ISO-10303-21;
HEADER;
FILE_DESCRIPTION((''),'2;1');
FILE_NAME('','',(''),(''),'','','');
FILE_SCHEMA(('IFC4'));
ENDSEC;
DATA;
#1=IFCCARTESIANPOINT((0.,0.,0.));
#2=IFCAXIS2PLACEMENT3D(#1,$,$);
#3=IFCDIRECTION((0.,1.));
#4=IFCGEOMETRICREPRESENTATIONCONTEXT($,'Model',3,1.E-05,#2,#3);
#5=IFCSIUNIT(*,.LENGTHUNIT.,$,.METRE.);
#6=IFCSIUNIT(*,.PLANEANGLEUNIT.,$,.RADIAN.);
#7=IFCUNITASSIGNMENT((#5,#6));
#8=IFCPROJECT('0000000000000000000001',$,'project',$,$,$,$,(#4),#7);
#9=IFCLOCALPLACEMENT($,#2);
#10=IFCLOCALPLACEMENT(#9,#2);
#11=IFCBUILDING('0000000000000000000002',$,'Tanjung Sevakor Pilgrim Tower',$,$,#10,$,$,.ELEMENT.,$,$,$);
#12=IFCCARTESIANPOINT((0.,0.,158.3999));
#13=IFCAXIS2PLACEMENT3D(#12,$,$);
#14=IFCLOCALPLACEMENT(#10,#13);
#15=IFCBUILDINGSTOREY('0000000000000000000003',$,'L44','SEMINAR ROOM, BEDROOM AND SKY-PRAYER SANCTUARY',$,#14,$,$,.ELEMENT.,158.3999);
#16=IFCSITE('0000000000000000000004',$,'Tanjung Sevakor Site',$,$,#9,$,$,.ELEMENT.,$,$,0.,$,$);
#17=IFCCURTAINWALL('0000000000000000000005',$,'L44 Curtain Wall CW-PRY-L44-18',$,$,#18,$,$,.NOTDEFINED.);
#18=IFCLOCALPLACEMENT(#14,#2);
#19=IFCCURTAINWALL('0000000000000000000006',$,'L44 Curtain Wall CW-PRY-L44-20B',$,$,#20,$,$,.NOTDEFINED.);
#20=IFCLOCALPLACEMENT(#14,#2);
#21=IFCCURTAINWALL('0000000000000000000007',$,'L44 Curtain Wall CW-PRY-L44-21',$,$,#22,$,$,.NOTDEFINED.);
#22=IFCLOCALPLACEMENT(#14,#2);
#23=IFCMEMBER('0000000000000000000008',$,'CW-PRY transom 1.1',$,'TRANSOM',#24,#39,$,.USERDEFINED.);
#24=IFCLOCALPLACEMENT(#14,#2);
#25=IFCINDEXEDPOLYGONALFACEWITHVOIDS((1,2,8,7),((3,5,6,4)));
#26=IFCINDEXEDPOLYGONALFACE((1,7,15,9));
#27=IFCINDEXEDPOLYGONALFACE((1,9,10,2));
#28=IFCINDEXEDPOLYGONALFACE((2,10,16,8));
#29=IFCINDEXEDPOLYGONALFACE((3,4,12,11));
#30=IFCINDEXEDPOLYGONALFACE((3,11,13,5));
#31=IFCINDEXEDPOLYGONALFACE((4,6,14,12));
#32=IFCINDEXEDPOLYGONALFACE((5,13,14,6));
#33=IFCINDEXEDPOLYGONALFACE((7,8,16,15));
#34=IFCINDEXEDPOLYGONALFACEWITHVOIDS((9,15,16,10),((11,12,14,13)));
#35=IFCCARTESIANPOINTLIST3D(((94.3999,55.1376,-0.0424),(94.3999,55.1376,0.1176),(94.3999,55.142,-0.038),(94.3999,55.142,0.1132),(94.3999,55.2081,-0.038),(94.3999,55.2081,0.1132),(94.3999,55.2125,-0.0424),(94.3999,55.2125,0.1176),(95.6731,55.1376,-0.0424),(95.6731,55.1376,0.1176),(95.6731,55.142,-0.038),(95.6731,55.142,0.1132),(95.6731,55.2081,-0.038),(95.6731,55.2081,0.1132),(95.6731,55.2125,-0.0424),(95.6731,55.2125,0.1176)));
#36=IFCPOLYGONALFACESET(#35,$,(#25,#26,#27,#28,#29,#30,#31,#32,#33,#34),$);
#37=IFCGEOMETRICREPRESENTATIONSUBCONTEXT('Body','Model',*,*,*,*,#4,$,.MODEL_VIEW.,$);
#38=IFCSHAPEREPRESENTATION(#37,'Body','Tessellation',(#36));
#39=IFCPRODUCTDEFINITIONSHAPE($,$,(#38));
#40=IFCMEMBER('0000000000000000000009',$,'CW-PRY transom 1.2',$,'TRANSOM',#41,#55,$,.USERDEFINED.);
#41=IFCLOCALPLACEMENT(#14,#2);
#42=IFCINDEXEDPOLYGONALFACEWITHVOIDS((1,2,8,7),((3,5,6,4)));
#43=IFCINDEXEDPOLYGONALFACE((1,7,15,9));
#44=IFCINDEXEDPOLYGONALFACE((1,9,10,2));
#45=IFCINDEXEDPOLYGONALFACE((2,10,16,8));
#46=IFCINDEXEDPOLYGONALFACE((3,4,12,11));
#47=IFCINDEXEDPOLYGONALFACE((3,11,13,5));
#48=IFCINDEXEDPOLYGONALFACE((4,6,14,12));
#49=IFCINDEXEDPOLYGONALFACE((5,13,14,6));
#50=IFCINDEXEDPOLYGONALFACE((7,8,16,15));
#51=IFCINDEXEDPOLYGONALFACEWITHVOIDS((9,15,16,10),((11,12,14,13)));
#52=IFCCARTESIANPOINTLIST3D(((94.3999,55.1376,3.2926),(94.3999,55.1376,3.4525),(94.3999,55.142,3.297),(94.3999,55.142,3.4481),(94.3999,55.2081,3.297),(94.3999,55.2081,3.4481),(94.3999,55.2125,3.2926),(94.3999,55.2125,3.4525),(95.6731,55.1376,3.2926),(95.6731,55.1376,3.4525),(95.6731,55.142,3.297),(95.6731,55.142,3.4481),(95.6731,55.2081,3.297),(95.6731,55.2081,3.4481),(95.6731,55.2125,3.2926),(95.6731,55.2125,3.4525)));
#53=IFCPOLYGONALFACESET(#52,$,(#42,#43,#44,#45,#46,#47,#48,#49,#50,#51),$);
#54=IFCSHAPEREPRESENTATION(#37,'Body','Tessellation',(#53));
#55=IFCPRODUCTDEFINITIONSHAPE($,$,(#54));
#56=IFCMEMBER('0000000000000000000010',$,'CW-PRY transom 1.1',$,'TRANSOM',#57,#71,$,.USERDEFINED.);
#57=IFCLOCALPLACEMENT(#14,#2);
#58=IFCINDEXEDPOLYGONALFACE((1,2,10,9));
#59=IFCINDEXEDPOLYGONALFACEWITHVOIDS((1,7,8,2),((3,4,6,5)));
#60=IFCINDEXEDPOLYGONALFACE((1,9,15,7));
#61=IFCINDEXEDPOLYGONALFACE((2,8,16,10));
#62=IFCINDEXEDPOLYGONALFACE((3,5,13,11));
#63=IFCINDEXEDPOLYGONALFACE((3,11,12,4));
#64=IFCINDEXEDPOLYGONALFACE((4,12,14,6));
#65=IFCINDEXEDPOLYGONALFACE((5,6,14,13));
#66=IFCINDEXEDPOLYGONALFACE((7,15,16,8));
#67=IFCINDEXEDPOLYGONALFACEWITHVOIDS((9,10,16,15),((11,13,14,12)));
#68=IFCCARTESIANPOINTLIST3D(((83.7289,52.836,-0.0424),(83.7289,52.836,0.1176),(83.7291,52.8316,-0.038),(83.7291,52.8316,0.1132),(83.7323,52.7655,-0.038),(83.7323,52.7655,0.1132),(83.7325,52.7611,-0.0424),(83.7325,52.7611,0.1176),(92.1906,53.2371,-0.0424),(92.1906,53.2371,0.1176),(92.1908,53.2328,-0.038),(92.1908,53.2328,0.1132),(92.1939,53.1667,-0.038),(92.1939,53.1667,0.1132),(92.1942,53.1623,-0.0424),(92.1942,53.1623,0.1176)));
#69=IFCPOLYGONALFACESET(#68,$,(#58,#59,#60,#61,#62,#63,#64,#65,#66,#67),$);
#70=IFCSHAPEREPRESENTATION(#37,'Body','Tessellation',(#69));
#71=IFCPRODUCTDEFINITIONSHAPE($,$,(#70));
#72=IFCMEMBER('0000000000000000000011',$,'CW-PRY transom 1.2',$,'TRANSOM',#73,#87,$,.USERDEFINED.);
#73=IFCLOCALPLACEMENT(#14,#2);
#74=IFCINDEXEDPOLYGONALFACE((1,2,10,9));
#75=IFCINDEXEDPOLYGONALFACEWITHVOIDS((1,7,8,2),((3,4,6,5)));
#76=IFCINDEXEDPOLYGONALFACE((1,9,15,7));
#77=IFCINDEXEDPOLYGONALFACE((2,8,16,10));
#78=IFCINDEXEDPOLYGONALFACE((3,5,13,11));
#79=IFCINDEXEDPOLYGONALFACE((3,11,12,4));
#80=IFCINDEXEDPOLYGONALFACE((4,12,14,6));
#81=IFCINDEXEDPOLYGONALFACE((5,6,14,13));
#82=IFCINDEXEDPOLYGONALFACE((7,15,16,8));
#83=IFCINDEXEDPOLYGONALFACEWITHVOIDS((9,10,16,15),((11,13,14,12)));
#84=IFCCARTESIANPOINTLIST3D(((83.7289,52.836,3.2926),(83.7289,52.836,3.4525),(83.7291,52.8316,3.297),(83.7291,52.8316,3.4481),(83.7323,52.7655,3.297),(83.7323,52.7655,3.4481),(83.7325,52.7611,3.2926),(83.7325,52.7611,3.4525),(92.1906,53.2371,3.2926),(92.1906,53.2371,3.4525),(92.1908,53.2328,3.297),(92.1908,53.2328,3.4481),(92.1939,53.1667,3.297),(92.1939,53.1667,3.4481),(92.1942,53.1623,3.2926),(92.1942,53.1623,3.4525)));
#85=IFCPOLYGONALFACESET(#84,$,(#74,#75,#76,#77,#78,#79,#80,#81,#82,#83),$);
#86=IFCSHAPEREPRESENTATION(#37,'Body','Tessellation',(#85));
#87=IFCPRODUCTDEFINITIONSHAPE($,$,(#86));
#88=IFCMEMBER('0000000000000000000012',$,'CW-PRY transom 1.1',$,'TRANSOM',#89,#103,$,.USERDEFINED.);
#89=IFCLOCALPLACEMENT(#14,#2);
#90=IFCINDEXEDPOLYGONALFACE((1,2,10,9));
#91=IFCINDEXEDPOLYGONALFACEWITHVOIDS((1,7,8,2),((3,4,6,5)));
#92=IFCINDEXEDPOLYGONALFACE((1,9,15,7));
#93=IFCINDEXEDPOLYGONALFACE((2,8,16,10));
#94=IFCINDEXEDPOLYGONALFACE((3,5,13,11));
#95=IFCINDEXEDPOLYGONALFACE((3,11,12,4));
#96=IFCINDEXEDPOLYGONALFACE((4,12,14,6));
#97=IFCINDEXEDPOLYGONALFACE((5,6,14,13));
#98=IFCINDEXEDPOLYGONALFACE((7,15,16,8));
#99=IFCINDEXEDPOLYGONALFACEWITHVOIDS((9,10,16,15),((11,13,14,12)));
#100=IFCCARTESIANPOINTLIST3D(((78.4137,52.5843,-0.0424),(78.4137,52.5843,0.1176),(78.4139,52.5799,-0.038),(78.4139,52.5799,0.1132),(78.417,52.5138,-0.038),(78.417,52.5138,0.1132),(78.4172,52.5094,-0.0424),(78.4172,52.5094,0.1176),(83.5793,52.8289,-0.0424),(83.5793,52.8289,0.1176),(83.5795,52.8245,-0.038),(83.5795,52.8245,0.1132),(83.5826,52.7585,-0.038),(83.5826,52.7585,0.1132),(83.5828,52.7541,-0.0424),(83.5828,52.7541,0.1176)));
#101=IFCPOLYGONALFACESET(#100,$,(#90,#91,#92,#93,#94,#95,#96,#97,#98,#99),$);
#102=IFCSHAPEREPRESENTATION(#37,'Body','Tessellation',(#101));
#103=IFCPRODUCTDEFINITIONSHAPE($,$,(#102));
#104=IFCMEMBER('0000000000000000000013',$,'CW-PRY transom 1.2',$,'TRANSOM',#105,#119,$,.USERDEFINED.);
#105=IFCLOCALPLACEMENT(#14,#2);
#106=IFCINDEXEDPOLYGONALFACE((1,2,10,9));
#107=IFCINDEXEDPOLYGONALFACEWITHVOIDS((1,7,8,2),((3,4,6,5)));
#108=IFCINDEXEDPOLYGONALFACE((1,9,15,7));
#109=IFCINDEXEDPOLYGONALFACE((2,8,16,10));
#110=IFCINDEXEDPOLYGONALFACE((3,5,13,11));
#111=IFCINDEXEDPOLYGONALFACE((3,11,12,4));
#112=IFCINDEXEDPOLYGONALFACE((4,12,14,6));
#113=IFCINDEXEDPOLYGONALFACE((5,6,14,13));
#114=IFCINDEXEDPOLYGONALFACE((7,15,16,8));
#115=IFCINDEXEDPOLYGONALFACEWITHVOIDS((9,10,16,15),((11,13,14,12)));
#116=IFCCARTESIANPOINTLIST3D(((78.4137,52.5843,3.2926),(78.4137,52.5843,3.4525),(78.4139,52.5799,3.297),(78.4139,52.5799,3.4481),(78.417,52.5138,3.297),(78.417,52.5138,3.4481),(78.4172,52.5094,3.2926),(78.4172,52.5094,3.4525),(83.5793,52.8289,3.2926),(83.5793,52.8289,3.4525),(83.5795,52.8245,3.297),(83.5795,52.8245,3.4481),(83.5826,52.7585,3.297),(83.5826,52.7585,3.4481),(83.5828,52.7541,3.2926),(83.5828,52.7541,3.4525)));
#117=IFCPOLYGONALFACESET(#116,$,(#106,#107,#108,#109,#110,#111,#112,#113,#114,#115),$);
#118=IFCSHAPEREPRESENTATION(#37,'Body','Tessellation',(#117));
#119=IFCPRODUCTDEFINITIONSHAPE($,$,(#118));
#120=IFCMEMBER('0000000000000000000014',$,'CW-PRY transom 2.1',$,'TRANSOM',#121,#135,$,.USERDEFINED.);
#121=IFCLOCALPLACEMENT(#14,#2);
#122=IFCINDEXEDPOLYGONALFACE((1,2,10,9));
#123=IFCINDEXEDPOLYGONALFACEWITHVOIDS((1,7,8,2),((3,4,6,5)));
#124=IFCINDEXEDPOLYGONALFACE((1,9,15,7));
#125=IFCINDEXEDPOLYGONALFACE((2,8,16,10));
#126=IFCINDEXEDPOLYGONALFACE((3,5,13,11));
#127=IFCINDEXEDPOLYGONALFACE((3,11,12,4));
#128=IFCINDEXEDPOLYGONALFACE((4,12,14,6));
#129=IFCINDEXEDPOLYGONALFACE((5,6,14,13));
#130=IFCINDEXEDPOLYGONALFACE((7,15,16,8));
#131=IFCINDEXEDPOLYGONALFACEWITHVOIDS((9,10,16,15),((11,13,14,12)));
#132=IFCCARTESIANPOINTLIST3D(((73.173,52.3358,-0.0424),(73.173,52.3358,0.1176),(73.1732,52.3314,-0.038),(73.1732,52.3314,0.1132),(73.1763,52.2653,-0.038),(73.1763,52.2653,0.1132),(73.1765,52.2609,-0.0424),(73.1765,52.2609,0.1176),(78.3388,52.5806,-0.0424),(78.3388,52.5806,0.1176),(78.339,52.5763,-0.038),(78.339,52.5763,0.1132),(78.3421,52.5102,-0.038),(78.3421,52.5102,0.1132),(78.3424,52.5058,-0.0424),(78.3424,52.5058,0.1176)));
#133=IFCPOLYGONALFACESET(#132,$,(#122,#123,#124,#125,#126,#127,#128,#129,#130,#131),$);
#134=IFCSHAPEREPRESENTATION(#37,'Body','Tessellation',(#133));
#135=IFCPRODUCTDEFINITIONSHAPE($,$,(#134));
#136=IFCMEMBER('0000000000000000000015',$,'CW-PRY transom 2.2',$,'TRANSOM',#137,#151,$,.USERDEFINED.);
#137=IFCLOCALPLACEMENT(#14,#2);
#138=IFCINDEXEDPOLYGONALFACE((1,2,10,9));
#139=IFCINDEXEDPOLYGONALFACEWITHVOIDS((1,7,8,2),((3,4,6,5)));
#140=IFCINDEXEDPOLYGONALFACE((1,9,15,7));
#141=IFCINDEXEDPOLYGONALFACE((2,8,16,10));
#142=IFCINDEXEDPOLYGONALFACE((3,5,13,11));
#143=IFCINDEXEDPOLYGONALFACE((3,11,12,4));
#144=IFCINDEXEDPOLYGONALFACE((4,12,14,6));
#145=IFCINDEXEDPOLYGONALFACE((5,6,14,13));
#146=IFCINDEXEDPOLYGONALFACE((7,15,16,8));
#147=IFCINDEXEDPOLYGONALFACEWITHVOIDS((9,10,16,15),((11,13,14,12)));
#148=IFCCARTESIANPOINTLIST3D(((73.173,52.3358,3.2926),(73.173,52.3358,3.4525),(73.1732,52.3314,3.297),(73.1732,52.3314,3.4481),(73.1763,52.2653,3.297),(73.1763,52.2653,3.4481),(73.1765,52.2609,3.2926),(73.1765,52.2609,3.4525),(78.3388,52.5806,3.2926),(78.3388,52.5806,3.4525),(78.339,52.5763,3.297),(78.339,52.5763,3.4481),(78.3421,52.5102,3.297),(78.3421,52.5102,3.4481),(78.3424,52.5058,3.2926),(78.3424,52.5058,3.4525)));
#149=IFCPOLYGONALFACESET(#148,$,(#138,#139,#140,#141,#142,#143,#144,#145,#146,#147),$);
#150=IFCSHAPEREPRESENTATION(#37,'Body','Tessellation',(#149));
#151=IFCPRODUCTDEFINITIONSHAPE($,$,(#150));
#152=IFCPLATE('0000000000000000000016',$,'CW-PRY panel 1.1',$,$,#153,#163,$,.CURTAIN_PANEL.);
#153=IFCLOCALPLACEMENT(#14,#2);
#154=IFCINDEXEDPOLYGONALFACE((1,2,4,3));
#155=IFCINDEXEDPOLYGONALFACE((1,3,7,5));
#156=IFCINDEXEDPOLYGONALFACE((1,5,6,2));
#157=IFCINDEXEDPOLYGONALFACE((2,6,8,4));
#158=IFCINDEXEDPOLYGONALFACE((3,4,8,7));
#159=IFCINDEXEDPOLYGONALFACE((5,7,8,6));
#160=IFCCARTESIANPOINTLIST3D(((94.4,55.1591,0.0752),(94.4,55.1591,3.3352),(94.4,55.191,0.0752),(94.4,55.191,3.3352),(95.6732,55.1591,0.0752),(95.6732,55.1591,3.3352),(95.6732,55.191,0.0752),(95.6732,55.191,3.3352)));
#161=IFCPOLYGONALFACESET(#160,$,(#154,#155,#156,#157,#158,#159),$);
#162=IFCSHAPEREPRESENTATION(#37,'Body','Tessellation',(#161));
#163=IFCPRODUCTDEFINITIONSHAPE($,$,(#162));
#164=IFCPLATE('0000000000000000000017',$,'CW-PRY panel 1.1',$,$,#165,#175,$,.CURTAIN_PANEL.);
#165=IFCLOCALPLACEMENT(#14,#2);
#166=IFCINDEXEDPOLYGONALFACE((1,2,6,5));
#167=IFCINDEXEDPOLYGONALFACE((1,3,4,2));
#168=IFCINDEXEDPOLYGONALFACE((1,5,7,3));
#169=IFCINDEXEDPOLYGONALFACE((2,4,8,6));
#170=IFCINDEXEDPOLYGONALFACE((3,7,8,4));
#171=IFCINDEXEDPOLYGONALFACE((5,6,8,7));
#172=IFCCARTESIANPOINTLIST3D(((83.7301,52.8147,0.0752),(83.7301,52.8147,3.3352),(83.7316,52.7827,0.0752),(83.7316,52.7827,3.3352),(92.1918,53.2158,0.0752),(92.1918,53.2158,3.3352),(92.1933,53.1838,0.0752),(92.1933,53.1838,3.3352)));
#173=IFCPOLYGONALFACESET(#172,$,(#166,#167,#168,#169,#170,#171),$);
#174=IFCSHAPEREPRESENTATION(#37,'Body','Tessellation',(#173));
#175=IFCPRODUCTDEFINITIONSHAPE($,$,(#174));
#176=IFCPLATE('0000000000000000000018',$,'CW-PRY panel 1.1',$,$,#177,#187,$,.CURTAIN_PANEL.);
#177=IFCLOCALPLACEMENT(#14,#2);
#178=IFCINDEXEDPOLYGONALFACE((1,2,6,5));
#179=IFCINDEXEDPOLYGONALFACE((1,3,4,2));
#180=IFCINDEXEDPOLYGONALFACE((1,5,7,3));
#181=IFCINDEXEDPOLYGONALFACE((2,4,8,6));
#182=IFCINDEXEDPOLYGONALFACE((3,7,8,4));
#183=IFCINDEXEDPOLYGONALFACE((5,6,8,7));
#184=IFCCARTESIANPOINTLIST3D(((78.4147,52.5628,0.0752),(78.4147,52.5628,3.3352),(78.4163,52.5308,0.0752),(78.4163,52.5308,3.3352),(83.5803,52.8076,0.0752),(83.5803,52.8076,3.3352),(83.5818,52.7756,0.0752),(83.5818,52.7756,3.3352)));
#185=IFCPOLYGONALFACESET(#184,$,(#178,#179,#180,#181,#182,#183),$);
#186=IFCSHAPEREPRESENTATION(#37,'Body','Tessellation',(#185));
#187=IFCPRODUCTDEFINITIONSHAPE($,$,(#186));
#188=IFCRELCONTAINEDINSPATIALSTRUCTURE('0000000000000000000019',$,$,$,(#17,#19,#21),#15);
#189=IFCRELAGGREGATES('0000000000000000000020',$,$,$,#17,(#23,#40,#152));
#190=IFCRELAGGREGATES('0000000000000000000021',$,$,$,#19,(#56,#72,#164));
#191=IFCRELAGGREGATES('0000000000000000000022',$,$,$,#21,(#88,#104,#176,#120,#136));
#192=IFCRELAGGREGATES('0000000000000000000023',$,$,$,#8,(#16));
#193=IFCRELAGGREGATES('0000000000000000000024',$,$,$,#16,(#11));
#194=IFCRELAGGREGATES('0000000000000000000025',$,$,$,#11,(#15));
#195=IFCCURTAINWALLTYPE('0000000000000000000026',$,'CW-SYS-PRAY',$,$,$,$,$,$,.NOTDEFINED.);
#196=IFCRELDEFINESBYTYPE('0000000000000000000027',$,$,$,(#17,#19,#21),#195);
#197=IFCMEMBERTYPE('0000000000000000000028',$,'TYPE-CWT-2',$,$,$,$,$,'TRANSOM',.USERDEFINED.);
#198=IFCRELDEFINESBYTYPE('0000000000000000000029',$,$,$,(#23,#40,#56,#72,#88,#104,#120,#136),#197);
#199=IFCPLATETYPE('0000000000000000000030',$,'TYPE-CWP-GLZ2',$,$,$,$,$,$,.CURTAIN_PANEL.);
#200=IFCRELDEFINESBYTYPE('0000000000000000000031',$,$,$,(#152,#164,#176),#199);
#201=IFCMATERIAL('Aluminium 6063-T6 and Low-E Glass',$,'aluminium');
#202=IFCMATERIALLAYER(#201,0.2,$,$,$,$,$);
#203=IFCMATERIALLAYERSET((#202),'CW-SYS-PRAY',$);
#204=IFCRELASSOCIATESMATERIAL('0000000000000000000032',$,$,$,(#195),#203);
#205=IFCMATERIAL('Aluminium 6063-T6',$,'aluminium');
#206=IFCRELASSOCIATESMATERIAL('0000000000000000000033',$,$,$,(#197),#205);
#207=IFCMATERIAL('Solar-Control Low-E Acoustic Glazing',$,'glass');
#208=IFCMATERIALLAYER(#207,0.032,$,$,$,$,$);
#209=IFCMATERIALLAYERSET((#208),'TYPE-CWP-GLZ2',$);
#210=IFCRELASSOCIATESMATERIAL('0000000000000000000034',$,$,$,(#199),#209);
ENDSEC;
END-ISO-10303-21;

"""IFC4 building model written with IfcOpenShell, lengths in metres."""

from ifc_helpers import new_model, si_unit, direction, frame, origin, origin_2d, place, context, subcontext, project, spatial, rectangle, hollow_rectangle, extrude, material, layer, layer_set, material_profile, profile_set, type_object, element, aggregate, save


model = new_model("IFC4")

# Units and contexts
model_context = context("Model", 3, precision=1e-05, world=origin(), true_north=direction((0.0, 1.0)))
body_context = subcontext(model_context, "Body", "Model", "MODEL_VIEW")
ifc_project = project(units=[si_unit("LENGTHUNIT", "METRE"), si_unit("PLANEANGLEUNIT", "RADIAN")], contexts=[model_context])

# Site, building, storey
site_placement = place(None, origin())
site = spatial("IfcSite", under=ifc_project, at=site_placement, Name="Tanjung Sevakor Site", CompositionType="ELEMENT", RefElevation=0.0)
building_placement = place(site_placement, origin())
building = spatial("IfcBuilding", under=site, at=building_placement, Name="Tanjung Sevakor Pilgrim Tower", CompositionType="ELEMENT")
storey_placement = place(building_placement, frame((0.0, 0.0, 158.3999)))
storey = spatial("IfcBuildingStorey", under=building, at=storey_placement, Name="L44", Description="SEMINAR ROOM, BEDROOM AND SKY-PRAYER SANCTUARY", CompositionType="ELEMENT", Elevation=158.3999)

# Curtain walls
ifc_material_1 = material(Name="Aluminium 6063-T6 and Low-E Glass", Category="aluminium")
ifc_layer_1 = layer(ifc_material_1, 0.2)
ifc_layer_set_1 = layer_set([ifc_layer_1], Name="CW-SYS-PRAY")
curtain_wall_type = type_object("IfcCurtainWallType", Name="CW-SYS-PRAY", PredefinedType="NOTDEFINED", material=ifc_layer_set_1)
curtain_wall_1_placement = place(storey_placement, origin())
curtain_wall_1 = element("IfcCurtainWall", 1, at=curtain_wall_1_placement, inside=storey, type_object=curtain_wall_type, Name="L44 Curtain Wall CW-PRY-L44-18", PredefinedType="NOTDEFINED")
curtain_wall_2_placement = place(storey_placement, origin())
curtain_wall_2 = element("IfcCurtainWall", 2, at=curtain_wall_2_placement, inside=storey, type_object=curtain_wall_type, Name="L44 Curtain Wall CW-PRY-L44-20B", PredefinedType="NOTDEFINED")
curtain_wall_3_placement = place(storey_placement, origin())
curtain_wall_3 = element("IfcCurtainWall", 3, at=curtain_wall_3_placement, inside=storey, type_object=curtain_wall_type, Name="L44 Curtain Wall CW-PRY-L44-21", PredefinedType="NOTDEFINED")

# Members
ifc_material_2 = material(Name="Aluminium 6063-T6", Category="aluminium")
ifc_material_profile_1 = material_profile(ifc_material_2, hollow_rectangle(XDim=0.075, YDim=0.1599, WallThickness=0.0044, at=origin_2d()))
ifc_profile_set_1 = profile_set([ifc_material_profile_1], Name="Aluminium 6063-T6")
member_type_1 = type_object("IfcMemberType", Name="TYPE-CWT-2", ElementType="TRANSOM", PredefinedType="USERDEFINED", material=ifc_profile_set_1)
member_1_placement = place(storey_placement, frame((95.6731, 55.175, 0.0376), z_axis=(-1.0, 0.0, 0.0), x_axis=(0.0, -1.0, 0.0)))
member_1 = element("IfcMember", 4, at=member_1_placement, type_object=member_type_1, Name="CW-PRY transom 1.1", ObjectType="TRANSOM", PredefinedType="USERDEFINED", context=body_context, shape_type="SweptSolid", body=[
    extrude(hollow_rectangle(XDim=0.075, YDim=0.1599, WallThickness=0.0044, at=origin_2d()), origin(), (0.0, 0.0, 1.0), 1.2732),
])
member_2_placement = place(storey_placement, frame((95.6731, 55.175, 3.3726), z_axis=(-1.0, 0.0, 0.0), x_axis=(0.0, -1.0, 0.0)))
member_2 = element("IfcMember", 5, at=member_2_placement, type_object=member_type_1, Name="CW-PRY transom 1.2", ObjectType="TRANSOM", PredefinedType="USERDEFINED", context=body_context, shape_type="SweptSolid", body=[
    extrude(hollow_rectangle(XDim=0.075, YDim=0.1599, WallThickness=0.0044, at=origin_2d()), origin(), (0.0, 0.0, 1.0), 1.2732),
])
member_3_placement = place(storey_placement, frame((92.1924, 53.1997, 0.0376), z_axis=(-0.998878, -0.047352, 0.0), x_axis=(0.047352, -0.998878, 0.0)))
member_3 = element("IfcMember", 6, at=member_3_placement, type_object=member_type_1, Name="CW-PRY transom 1.1", ObjectType="TRANSOM", PredefinedType="USERDEFINED", context=body_context, shape_type="SweptSolid", body=[
    extrude(hollow_rectangle(XDim=0.075, YDim=0.1599, WallThickness=0.0044, at=origin_2d()), origin(), (0.0, 0.0, 1.0), 8.4712),
])
member_4_placement = place(storey_placement, frame((92.1924, 53.1997, 3.3726), z_axis=(-0.998878, -0.047352, 0.0), x_axis=(0.047352, -0.998878, 0.0)))
member_4 = element("IfcMember", 7, at=member_4_placement, type_object=member_type_1, Name="CW-PRY transom 1.2", ObjectType="TRANSOM", PredefinedType="USERDEFINED", context=body_context, shape_type="SweptSolid", body=[
    extrude(hollow_rectangle(XDim=0.075, YDim=0.1599, WallThickness=0.0044, at=origin_2d()), origin(), (0.0, 0.0, 1.0), 8.4712),
])
member_5_placement = place(storey_placement, frame((83.5811, 52.7915, 0.0376), z_axis=(-0.99888, -0.047305, 0.0), x_axis=(0.047305, -0.99888, 0.0)))
member_5 = element("IfcMember", 8, at=member_5_placement, type_object=member_type_1, Name="CW-PRY transom 1.1", ObjectType="TRANSOM", PredefinedType="USERDEFINED", context=body_context, shape_type="SweptSolid", body=[
    extrude(hollow_rectangle(XDim=0.075, YDim=0.1599, WallThickness=0.0044, at=origin_2d()), origin(), (0.0, 0.0, 1.0), 5.1714),
])
member_6_placement = place(storey_placement, frame((83.5811, 52.7915, 3.3726), z_axis=(-0.99888, -0.047305, 0.0), x_axis=(0.047305, -0.99888, 0.0)))
member_6 = element("IfcMember", 9, at=member_6_placement, type_object=member_type_1, Name="CW-PRY transom 1.2", ObjectType="TRANSOM", PredefinedType="USERDEFINED", context=body_context, shape_type="SweptSolid", body=[
    extrude(hollow_rectangle(XDim=0.075, YDim=0.1599, WallThickness=0.0044, at=origin_2d()), origin(), (0.0, 0.0, 1.0), 5.1714),
])
member_7_placement = place(storey_placement, frame((78.3406, 52.5432, 0.0376), z_axis=(-0.998878, -0.04735, 0.0), x_axis=(0.04735, -0.998878, 0.0)))
member_7 = element("IfcMember", 10, at=member_7_placement, type_object=member_type_1, Name="CW-PRY transom 2.1", ObjectType="TRANSOM", PredefinedType="USERDEFINED", context=body_context, shape_type="SweptSolid", body=[
    extrude(hollow_rectangle(XDim=0.075, YDim=0.1599, WallThickness=0.0044, at=origin_2d()), origin(), (0.0, 0.0, 1.0), 5.1716),
])
member_8_placement = place(storey_placement, frame((78.3406, 52.5432, 3.3726), z_axis=(-0.998878, -0.04735, 0.0), x_axis=(0.04735, -0.998878, 0.0)))
member_8 = element("IfcMember", 11, at=member_8_placement, type_object=member_type_1, Name="CW-PRY transom 2.2", ObjectType="TRANSOM", PredefinedType="USERDEFINED", context=body_context, shape_type="SweptSolid", body=[
    extrude(hollow_rectangle(XDim=0.075, YDim=0.1599, WallThickness=0.0044, at=origin_2d()), origin(), (0.0, 0.0, 1.0), 5.1716),
])

# Plates
ifc_material_3 = material(Name="Solar-Control Low-E Acoustic Glazing", Category="glass")
ifc_layer_2 = layer(ifc_material_3, 0.032)
ifc_layer_set_2 = layer_set([ifc_layer_2], Name="TYPE-CWP-GLZ2")
plate_type = type_object("IfcPlateType", Name="TYPE-CWP-GLZ2", PredefinedType="CURTAIN_PANEL", material=ifc_layer_set_2)
plate_1_placement = place(storey_placement, frame((95.0366, 55.175, 0.0752), z_axis=(0.0, 0.0, 1.0), x_axis=(-1.0, 0.0, 0.0)))
plate_1 = element("IfcPlate", 12, at=plate_1_placement, type_object=plate_type, Name="CW-PRY panel 1.1", PredefinedType="CURTAIN_PANEL", context=body_context, shape_type="SweptSolid", body=[
    extrude(rectangle(XDim=1.2732, YDim=0.032, at=origin_2d()), origin(), (0.0, 0.0, 1.0), 3.26),
])
aggregate(curtain_wall_1, [member_1, member_2, plate_1])
plate_2_placement = place(storey_placement, frame((87.9617, 52.9993, 0.0752), z_axis=(0.0, 0.0, 1.0), x_axis=(-0.998878, -0.047349, 0.0)))
plate_2 = element("IfcPlate", 13, at=plate_2_placement, type_object=plate_type, Name="CW-PRY panel 1.1", PredefinedType="CURTAIN_PANEL", context=body_context, shape_type="SweptSolid", body=[
    extrude(rectangle(XDim=8.4712, YDim=0.032, at=origin_2d()), origin(), (0.0, 0.0, 1.0), 3.26),
])
aggregate(curtain_wall_2, [member_3, member_4, plate_2])
plate_3_placement = place(storey_placement, frame((80.9983, 52.6692, 0.0752), z_axis=(0.0, 0.0, 1.0), x_axis=(-0.998879, -0.047333, 0.0)))
plate_3 = element("IfcPlate", 14, at=plate_3_placement, type_object=plate_type, Name="CW-PRY panel 1.1", PredefinedType="CURTAIN_PANEL", context=body_context, shape_type="SweptSolid", body=[
    extrude(rectangle(XDim=5.1714, YDim=0.032, at=origin_2d()), origin(), (0.0, 0.0, 1.0), 3.26),
])
aggregate(curtain_wall_3, [member_5, member_6, plate_3, member_7, member_8])

save(model, "model.ifc")
